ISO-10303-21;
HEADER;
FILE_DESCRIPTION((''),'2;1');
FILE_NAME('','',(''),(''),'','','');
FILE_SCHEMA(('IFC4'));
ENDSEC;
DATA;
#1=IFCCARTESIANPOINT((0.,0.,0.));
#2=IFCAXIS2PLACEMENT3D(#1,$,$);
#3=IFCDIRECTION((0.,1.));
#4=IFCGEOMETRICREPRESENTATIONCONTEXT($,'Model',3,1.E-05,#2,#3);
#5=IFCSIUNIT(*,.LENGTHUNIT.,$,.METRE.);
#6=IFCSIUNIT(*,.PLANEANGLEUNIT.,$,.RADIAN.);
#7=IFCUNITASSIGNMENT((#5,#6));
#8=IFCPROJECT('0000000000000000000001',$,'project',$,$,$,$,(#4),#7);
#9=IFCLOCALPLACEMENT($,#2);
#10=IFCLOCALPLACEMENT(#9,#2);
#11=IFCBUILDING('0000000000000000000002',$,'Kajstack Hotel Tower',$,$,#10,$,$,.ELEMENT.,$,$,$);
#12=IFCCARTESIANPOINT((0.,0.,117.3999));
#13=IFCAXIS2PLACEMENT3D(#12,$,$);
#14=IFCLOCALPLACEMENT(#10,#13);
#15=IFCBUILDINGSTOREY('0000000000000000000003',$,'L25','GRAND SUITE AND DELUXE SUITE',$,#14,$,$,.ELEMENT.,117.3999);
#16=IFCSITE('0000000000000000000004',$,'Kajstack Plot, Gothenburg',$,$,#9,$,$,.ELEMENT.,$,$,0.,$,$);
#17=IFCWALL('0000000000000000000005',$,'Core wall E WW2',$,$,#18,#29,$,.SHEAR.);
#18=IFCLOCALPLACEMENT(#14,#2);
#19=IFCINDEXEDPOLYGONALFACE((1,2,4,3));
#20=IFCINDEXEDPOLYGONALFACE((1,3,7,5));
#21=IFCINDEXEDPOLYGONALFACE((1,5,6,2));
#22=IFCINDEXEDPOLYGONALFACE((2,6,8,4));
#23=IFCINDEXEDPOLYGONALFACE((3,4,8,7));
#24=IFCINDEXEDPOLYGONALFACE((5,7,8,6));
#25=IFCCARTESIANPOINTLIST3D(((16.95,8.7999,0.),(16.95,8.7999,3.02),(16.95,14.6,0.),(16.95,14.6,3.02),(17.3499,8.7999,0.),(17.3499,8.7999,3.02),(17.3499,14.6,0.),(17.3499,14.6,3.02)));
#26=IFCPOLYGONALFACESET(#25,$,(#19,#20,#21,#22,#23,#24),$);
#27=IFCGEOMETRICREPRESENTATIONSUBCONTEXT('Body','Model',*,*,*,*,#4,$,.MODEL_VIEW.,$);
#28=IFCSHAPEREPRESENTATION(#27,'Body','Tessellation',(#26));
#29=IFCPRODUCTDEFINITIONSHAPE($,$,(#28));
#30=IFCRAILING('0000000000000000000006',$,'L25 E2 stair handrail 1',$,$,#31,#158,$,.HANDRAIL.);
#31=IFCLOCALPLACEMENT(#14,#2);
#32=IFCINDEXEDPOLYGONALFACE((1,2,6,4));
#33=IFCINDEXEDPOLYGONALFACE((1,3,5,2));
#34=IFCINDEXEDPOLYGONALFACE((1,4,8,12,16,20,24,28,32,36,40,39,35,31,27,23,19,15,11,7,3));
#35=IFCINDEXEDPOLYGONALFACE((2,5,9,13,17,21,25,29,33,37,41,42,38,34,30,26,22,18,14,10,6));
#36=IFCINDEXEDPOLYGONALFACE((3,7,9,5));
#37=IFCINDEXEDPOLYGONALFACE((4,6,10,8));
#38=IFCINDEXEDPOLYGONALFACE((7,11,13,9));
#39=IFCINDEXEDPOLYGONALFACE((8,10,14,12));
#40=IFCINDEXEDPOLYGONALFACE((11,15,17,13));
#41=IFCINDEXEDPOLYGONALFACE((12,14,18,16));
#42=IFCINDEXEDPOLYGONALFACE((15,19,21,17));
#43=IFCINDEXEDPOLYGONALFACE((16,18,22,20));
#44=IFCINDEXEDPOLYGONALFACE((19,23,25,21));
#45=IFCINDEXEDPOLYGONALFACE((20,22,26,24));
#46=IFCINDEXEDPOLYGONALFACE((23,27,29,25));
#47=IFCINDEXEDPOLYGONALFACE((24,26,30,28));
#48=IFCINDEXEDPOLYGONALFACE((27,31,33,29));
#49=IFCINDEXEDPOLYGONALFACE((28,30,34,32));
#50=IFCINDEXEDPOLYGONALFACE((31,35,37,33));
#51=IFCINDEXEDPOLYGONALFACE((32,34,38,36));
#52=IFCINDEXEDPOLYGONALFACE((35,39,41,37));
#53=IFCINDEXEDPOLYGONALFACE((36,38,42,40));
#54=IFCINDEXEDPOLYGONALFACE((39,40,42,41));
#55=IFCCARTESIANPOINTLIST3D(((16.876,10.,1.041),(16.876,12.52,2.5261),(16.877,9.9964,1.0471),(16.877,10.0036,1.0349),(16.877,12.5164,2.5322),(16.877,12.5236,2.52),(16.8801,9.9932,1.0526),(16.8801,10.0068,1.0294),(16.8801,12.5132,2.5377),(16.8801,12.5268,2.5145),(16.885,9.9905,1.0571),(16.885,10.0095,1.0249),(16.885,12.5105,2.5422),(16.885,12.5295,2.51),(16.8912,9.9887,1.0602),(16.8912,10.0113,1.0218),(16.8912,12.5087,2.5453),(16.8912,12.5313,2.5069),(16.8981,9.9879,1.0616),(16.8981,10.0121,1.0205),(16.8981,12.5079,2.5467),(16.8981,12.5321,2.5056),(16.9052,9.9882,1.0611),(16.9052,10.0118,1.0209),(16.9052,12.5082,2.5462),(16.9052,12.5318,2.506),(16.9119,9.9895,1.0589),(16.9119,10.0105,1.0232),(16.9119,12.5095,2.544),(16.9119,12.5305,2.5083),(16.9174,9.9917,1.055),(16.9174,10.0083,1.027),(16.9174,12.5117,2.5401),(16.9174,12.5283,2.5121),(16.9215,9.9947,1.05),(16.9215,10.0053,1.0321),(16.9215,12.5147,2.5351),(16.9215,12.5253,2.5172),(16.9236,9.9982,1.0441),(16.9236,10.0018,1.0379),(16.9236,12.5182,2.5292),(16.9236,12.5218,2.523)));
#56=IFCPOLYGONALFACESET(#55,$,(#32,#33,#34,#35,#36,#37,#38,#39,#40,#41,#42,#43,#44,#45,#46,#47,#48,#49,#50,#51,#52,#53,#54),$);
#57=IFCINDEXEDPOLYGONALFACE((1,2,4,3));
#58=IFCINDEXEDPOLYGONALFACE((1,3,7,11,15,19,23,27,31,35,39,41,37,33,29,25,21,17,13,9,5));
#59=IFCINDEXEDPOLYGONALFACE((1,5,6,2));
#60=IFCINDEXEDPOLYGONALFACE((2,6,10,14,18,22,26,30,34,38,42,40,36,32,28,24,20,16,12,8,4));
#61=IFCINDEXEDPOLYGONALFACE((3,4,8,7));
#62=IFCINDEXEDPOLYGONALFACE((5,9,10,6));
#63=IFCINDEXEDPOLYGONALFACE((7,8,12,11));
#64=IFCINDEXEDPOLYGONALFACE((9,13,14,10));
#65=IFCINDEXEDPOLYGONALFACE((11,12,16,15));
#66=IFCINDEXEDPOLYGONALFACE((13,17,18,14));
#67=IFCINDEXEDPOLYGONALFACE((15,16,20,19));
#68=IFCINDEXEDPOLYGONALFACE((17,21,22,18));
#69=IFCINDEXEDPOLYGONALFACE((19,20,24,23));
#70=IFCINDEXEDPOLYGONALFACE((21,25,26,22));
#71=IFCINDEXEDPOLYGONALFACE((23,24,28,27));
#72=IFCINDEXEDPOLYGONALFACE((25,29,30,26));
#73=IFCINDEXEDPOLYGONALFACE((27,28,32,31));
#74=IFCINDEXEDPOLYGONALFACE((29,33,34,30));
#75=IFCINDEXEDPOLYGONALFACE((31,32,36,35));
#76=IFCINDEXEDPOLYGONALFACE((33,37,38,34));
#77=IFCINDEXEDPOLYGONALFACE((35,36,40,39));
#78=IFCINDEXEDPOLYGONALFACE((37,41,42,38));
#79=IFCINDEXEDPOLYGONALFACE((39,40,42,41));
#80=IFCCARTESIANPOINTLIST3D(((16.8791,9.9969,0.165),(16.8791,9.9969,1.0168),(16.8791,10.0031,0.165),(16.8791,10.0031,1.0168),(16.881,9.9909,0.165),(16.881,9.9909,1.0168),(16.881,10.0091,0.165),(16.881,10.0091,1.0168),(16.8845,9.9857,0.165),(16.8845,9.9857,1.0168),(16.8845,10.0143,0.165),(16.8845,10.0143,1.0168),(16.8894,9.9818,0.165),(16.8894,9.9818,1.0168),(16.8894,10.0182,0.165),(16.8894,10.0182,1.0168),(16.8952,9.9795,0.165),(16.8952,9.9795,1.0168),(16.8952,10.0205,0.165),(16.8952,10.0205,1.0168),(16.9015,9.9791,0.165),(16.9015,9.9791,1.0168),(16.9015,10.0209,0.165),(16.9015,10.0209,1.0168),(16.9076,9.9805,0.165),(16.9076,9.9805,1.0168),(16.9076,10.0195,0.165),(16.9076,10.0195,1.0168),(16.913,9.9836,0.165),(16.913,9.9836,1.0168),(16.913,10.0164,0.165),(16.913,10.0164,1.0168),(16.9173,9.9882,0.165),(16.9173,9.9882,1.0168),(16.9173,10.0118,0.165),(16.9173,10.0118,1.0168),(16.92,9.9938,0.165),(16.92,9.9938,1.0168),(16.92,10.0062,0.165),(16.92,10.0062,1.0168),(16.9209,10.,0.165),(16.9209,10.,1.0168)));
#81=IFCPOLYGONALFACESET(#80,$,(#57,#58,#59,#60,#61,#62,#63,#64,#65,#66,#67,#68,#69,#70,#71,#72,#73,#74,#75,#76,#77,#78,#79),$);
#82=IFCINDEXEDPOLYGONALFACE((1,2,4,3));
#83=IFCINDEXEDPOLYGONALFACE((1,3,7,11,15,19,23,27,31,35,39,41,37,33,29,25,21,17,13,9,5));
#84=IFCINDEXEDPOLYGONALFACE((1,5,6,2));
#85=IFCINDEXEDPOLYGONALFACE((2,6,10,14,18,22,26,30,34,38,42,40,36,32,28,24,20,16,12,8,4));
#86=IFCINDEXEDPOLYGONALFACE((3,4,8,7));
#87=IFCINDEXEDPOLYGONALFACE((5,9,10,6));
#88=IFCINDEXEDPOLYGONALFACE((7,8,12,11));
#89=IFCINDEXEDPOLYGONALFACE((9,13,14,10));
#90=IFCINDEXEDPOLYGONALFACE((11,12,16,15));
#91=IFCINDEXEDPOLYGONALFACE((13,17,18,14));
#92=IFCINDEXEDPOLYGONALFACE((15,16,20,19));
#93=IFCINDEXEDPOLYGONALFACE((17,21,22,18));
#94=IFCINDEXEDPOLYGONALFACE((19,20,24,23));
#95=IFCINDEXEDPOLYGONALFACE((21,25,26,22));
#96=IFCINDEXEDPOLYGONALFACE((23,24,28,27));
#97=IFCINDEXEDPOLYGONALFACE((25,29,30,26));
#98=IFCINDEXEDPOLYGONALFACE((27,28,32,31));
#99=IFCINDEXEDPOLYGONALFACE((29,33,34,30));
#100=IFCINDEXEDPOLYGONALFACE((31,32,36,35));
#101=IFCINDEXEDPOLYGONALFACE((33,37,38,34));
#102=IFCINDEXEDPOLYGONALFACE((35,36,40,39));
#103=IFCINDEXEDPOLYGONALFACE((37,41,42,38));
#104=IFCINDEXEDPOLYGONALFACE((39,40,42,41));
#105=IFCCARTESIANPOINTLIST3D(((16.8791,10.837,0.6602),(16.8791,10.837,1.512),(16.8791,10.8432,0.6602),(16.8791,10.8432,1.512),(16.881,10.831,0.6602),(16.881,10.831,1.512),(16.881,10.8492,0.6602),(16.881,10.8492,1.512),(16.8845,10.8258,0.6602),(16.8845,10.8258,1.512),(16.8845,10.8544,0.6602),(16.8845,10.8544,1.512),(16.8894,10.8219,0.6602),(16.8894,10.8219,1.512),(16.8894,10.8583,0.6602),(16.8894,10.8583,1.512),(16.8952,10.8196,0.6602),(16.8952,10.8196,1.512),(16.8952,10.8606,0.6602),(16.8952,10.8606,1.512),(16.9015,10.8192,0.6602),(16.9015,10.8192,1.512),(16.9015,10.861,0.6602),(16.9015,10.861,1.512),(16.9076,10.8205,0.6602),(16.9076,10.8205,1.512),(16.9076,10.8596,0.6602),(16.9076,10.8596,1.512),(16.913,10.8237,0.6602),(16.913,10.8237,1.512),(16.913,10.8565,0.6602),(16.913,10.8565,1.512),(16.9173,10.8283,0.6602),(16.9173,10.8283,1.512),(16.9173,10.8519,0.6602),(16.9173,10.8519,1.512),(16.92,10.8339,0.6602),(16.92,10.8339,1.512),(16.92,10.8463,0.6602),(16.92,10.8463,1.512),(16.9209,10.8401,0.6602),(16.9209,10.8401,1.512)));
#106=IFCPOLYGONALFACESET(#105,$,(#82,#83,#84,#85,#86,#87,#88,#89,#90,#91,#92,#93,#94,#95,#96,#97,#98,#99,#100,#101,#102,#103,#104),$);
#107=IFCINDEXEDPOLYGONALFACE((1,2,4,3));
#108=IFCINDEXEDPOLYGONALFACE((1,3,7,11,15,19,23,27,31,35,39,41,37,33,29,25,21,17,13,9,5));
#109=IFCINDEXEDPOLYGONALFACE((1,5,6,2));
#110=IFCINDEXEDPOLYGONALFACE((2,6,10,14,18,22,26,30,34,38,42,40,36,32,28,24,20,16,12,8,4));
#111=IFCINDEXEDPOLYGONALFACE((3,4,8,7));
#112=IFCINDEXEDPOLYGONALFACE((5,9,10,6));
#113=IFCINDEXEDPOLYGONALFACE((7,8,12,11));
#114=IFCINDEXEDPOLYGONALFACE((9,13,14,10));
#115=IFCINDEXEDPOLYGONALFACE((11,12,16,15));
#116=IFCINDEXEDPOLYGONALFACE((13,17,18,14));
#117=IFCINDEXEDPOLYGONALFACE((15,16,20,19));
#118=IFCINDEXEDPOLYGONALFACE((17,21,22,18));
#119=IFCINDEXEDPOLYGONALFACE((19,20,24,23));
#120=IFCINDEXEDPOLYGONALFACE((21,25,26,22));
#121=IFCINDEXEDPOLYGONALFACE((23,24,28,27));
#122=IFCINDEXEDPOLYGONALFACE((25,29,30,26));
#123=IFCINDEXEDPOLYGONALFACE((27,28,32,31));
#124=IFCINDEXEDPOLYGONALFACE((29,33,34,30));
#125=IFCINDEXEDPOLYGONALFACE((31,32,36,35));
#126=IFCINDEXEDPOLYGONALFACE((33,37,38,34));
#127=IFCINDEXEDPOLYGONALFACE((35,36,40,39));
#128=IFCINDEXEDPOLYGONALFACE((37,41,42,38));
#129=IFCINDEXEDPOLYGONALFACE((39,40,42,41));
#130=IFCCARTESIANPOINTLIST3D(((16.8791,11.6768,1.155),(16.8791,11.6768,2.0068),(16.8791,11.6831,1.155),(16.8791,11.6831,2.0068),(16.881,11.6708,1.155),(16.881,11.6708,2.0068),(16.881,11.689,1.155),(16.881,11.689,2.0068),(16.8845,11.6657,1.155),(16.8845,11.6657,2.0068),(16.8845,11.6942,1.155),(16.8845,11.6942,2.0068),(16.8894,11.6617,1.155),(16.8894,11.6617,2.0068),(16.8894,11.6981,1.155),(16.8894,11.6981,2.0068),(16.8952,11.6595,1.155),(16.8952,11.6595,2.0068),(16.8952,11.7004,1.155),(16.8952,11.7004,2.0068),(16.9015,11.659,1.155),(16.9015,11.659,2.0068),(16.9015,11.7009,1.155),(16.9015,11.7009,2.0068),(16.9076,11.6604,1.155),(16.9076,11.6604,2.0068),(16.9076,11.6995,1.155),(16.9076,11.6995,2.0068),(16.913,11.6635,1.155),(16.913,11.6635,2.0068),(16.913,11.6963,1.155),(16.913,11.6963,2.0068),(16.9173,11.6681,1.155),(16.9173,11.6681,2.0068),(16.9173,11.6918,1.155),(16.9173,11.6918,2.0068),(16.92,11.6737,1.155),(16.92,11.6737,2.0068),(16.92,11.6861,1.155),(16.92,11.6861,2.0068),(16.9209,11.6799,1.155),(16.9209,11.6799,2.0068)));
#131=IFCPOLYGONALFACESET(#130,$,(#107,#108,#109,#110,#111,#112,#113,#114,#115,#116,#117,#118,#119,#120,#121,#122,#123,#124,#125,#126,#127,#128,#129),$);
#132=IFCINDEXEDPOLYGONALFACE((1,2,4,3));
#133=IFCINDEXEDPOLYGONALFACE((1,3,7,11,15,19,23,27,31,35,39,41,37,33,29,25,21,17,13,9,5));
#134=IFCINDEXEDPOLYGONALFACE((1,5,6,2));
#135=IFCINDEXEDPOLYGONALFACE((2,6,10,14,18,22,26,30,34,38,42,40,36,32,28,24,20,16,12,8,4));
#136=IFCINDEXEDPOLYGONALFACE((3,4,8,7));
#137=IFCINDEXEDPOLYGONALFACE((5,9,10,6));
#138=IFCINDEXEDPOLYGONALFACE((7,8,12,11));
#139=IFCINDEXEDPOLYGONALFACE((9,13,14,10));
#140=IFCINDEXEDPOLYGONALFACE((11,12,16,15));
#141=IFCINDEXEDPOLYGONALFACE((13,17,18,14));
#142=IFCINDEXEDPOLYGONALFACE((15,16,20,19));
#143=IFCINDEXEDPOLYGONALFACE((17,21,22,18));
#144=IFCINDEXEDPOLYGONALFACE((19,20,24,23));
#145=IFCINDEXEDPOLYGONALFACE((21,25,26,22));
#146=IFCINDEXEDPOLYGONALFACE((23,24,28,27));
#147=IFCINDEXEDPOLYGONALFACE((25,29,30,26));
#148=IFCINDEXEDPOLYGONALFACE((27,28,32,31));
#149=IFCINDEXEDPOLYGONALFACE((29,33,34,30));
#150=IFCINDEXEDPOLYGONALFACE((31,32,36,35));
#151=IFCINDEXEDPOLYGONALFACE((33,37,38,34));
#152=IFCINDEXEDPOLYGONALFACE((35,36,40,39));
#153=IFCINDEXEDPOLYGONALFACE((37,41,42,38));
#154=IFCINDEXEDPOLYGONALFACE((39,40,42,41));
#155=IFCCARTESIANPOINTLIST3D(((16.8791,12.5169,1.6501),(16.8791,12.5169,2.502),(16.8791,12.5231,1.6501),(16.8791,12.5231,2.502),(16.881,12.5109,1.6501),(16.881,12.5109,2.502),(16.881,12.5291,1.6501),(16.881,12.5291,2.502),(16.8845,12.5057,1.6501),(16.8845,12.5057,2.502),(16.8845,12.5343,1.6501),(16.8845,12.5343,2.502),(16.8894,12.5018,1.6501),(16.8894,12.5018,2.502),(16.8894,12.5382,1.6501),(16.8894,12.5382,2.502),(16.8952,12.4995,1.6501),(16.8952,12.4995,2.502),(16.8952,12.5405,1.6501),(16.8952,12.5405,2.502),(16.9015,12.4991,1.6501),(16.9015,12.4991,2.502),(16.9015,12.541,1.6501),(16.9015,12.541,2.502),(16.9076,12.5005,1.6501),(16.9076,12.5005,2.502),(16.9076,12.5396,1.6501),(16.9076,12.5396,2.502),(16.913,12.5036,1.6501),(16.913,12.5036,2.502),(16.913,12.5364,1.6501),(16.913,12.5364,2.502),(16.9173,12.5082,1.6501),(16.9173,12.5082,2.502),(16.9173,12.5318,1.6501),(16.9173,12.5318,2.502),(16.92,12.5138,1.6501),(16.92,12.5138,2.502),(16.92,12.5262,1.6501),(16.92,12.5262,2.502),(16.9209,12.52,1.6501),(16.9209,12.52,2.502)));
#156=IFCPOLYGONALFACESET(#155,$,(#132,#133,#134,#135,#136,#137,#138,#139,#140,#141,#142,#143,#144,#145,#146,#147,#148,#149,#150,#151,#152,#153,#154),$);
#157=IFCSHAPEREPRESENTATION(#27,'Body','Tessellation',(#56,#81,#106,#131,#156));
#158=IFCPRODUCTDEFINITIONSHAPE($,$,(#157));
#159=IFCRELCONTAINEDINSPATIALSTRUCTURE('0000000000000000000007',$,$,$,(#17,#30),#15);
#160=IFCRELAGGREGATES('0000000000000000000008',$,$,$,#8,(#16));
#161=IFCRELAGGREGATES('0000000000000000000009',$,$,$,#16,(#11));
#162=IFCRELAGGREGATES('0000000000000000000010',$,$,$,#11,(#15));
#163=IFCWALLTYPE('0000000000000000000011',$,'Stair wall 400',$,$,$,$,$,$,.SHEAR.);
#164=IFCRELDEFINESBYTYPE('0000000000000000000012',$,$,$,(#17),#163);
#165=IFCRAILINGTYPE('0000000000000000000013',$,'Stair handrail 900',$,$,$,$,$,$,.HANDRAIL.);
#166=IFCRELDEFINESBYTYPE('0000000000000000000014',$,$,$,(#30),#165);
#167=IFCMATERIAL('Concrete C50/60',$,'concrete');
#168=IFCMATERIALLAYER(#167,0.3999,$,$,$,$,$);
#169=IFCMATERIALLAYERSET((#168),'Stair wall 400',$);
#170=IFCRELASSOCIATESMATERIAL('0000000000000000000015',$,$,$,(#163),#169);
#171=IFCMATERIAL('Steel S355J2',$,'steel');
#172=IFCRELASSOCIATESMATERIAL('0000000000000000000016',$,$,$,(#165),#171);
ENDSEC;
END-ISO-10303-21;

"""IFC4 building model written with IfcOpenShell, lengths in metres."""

from ifc_helpers import new_model, si_unit, direction, frame, frame_2d, origin, origin_2d, place, context, subcontext, project, spatial, rectangle, circle, extrude, material, layer, layer_set, type_object, element, save


model = new_model("IFC4")

# Units and contexts
model_context = context("Model", 3, precision=1e-05, world=origin(), true_north=direction((0.0, 1.0)))
body_context = subcontext(model_context, "Body", "Model", "MODEL_VIEW")
ifc_project = project(units=[si_unit("LENGTHUNIT", "METRE"), si_unit("PLANEANGLEUNIT", "RADIAN")], contexts=[model_context])

# Site, building, storey
site_placement = place(None, origin())
site = spatial("IfcSite", under=ifc_project, at=site_placement, Name="Kajstack Plot, Gothenburg", CompositionType="ELEMENT", RefElevation=0.0)
building_placement = place(site_placement, origin())
building = spatial("IfcBuilding", under=site, at=building_placement, Name="Kajstack Hotel Tower", CompositionType="ELEMENT")
storey_placement = place(building_placement, frame((0.0, 0.0, 117.3999)))
storey = spatial("IfcBuildingStorey", under=building, at=storey_placement, Name="L25", Description="GRAND SUITE AND DELUXE SUITE", CompositionType="ELEMENT", Elevation=117.3999)

# Shared definitions
ifc_material_1 = material(Name="Concrete C50/60", Category="concrete")

# Wall
ifc_layer_1 = layer(ifc_material_1, 0.3999)
ifc_layer_set_1 = layer_set([ifc_layer_1], Name="Stair wall 400")
wall_type_1 = type_object("IfcWallType", Name="Stair wall 400", PredefinedType="SHEAR", material=ifc_layer_set_1)
wall_1_placement = place(storey_placement, frame((17.1499, 8.8, 0.0), z_axis=(0.0, 0.0, 1.0), x_axis=(0.0, 1.0, 0.0)))
element("IfcWall", 1, at=wall_1_placement, inside=storey, type_object=wall_type_1, Name="Core wall E WW2", PredefinedType="SHEAR", context=body_context, shape_type="SweptSolid", body=[
    extrude(rectangle(XDim=5.8, YDim=0.3999, at=frame_2d((2.8999, 0.0))), origin(), (0.0, 0.0, 1.0), 3.02),
])

# Railing
ifc_material_2 = material(Name="Steel S355J2", Category="steel")
railing_type_1 = type_object("IfcRailingType", Name="Stair handrail 900", PredefinedType="HANDRAIL", material=ifc_material_2)
railing_1_placement = place(storey_placement, frame((16.8999, 10.0, 0.165)))
element("IfcRailing", 2, at=railing_1_placement, inside=storey, type_object=railing_type_1, Name="L25 E2 stair handrail 1", PredefinedType="HANDRAIL", context=body_context, shape_type="SweptSolid", body=[
    extrude(circle(Radius=0.0239, at=origin_2d()), frame((0.0, 0.0, 0.876), z_axis=(0.0, 0.861524, 0.507717), x_axis=(-1.0, 0.0, 0.0)), (0.0, 0.0, 1.0), 2.925),
    extrude(circle(Radius=0.021, at=origin_2d()), origin(), (0.0, 0.0, 1.0), 0.8518),
    extrude(circle(Radius=0.021, at=origin_2d()), frame((0.0, 0.8401, 0.4951)), (0.0, 0.0, 1.0), 0.8518),
    extrude(circle(Radius=0.021, at=origin_2d()), frame((0.0, 1.6799, 0.99)), (0.0, 0.0, 1.0), 0.8518),
    extrude(circle(Radius=0.021, at=origin_2d()), frame((0.0, 2.52, 1.4851)), (0.0, 0.0, 1.0), 0.8518),
])

save(model, "model.ifc")
